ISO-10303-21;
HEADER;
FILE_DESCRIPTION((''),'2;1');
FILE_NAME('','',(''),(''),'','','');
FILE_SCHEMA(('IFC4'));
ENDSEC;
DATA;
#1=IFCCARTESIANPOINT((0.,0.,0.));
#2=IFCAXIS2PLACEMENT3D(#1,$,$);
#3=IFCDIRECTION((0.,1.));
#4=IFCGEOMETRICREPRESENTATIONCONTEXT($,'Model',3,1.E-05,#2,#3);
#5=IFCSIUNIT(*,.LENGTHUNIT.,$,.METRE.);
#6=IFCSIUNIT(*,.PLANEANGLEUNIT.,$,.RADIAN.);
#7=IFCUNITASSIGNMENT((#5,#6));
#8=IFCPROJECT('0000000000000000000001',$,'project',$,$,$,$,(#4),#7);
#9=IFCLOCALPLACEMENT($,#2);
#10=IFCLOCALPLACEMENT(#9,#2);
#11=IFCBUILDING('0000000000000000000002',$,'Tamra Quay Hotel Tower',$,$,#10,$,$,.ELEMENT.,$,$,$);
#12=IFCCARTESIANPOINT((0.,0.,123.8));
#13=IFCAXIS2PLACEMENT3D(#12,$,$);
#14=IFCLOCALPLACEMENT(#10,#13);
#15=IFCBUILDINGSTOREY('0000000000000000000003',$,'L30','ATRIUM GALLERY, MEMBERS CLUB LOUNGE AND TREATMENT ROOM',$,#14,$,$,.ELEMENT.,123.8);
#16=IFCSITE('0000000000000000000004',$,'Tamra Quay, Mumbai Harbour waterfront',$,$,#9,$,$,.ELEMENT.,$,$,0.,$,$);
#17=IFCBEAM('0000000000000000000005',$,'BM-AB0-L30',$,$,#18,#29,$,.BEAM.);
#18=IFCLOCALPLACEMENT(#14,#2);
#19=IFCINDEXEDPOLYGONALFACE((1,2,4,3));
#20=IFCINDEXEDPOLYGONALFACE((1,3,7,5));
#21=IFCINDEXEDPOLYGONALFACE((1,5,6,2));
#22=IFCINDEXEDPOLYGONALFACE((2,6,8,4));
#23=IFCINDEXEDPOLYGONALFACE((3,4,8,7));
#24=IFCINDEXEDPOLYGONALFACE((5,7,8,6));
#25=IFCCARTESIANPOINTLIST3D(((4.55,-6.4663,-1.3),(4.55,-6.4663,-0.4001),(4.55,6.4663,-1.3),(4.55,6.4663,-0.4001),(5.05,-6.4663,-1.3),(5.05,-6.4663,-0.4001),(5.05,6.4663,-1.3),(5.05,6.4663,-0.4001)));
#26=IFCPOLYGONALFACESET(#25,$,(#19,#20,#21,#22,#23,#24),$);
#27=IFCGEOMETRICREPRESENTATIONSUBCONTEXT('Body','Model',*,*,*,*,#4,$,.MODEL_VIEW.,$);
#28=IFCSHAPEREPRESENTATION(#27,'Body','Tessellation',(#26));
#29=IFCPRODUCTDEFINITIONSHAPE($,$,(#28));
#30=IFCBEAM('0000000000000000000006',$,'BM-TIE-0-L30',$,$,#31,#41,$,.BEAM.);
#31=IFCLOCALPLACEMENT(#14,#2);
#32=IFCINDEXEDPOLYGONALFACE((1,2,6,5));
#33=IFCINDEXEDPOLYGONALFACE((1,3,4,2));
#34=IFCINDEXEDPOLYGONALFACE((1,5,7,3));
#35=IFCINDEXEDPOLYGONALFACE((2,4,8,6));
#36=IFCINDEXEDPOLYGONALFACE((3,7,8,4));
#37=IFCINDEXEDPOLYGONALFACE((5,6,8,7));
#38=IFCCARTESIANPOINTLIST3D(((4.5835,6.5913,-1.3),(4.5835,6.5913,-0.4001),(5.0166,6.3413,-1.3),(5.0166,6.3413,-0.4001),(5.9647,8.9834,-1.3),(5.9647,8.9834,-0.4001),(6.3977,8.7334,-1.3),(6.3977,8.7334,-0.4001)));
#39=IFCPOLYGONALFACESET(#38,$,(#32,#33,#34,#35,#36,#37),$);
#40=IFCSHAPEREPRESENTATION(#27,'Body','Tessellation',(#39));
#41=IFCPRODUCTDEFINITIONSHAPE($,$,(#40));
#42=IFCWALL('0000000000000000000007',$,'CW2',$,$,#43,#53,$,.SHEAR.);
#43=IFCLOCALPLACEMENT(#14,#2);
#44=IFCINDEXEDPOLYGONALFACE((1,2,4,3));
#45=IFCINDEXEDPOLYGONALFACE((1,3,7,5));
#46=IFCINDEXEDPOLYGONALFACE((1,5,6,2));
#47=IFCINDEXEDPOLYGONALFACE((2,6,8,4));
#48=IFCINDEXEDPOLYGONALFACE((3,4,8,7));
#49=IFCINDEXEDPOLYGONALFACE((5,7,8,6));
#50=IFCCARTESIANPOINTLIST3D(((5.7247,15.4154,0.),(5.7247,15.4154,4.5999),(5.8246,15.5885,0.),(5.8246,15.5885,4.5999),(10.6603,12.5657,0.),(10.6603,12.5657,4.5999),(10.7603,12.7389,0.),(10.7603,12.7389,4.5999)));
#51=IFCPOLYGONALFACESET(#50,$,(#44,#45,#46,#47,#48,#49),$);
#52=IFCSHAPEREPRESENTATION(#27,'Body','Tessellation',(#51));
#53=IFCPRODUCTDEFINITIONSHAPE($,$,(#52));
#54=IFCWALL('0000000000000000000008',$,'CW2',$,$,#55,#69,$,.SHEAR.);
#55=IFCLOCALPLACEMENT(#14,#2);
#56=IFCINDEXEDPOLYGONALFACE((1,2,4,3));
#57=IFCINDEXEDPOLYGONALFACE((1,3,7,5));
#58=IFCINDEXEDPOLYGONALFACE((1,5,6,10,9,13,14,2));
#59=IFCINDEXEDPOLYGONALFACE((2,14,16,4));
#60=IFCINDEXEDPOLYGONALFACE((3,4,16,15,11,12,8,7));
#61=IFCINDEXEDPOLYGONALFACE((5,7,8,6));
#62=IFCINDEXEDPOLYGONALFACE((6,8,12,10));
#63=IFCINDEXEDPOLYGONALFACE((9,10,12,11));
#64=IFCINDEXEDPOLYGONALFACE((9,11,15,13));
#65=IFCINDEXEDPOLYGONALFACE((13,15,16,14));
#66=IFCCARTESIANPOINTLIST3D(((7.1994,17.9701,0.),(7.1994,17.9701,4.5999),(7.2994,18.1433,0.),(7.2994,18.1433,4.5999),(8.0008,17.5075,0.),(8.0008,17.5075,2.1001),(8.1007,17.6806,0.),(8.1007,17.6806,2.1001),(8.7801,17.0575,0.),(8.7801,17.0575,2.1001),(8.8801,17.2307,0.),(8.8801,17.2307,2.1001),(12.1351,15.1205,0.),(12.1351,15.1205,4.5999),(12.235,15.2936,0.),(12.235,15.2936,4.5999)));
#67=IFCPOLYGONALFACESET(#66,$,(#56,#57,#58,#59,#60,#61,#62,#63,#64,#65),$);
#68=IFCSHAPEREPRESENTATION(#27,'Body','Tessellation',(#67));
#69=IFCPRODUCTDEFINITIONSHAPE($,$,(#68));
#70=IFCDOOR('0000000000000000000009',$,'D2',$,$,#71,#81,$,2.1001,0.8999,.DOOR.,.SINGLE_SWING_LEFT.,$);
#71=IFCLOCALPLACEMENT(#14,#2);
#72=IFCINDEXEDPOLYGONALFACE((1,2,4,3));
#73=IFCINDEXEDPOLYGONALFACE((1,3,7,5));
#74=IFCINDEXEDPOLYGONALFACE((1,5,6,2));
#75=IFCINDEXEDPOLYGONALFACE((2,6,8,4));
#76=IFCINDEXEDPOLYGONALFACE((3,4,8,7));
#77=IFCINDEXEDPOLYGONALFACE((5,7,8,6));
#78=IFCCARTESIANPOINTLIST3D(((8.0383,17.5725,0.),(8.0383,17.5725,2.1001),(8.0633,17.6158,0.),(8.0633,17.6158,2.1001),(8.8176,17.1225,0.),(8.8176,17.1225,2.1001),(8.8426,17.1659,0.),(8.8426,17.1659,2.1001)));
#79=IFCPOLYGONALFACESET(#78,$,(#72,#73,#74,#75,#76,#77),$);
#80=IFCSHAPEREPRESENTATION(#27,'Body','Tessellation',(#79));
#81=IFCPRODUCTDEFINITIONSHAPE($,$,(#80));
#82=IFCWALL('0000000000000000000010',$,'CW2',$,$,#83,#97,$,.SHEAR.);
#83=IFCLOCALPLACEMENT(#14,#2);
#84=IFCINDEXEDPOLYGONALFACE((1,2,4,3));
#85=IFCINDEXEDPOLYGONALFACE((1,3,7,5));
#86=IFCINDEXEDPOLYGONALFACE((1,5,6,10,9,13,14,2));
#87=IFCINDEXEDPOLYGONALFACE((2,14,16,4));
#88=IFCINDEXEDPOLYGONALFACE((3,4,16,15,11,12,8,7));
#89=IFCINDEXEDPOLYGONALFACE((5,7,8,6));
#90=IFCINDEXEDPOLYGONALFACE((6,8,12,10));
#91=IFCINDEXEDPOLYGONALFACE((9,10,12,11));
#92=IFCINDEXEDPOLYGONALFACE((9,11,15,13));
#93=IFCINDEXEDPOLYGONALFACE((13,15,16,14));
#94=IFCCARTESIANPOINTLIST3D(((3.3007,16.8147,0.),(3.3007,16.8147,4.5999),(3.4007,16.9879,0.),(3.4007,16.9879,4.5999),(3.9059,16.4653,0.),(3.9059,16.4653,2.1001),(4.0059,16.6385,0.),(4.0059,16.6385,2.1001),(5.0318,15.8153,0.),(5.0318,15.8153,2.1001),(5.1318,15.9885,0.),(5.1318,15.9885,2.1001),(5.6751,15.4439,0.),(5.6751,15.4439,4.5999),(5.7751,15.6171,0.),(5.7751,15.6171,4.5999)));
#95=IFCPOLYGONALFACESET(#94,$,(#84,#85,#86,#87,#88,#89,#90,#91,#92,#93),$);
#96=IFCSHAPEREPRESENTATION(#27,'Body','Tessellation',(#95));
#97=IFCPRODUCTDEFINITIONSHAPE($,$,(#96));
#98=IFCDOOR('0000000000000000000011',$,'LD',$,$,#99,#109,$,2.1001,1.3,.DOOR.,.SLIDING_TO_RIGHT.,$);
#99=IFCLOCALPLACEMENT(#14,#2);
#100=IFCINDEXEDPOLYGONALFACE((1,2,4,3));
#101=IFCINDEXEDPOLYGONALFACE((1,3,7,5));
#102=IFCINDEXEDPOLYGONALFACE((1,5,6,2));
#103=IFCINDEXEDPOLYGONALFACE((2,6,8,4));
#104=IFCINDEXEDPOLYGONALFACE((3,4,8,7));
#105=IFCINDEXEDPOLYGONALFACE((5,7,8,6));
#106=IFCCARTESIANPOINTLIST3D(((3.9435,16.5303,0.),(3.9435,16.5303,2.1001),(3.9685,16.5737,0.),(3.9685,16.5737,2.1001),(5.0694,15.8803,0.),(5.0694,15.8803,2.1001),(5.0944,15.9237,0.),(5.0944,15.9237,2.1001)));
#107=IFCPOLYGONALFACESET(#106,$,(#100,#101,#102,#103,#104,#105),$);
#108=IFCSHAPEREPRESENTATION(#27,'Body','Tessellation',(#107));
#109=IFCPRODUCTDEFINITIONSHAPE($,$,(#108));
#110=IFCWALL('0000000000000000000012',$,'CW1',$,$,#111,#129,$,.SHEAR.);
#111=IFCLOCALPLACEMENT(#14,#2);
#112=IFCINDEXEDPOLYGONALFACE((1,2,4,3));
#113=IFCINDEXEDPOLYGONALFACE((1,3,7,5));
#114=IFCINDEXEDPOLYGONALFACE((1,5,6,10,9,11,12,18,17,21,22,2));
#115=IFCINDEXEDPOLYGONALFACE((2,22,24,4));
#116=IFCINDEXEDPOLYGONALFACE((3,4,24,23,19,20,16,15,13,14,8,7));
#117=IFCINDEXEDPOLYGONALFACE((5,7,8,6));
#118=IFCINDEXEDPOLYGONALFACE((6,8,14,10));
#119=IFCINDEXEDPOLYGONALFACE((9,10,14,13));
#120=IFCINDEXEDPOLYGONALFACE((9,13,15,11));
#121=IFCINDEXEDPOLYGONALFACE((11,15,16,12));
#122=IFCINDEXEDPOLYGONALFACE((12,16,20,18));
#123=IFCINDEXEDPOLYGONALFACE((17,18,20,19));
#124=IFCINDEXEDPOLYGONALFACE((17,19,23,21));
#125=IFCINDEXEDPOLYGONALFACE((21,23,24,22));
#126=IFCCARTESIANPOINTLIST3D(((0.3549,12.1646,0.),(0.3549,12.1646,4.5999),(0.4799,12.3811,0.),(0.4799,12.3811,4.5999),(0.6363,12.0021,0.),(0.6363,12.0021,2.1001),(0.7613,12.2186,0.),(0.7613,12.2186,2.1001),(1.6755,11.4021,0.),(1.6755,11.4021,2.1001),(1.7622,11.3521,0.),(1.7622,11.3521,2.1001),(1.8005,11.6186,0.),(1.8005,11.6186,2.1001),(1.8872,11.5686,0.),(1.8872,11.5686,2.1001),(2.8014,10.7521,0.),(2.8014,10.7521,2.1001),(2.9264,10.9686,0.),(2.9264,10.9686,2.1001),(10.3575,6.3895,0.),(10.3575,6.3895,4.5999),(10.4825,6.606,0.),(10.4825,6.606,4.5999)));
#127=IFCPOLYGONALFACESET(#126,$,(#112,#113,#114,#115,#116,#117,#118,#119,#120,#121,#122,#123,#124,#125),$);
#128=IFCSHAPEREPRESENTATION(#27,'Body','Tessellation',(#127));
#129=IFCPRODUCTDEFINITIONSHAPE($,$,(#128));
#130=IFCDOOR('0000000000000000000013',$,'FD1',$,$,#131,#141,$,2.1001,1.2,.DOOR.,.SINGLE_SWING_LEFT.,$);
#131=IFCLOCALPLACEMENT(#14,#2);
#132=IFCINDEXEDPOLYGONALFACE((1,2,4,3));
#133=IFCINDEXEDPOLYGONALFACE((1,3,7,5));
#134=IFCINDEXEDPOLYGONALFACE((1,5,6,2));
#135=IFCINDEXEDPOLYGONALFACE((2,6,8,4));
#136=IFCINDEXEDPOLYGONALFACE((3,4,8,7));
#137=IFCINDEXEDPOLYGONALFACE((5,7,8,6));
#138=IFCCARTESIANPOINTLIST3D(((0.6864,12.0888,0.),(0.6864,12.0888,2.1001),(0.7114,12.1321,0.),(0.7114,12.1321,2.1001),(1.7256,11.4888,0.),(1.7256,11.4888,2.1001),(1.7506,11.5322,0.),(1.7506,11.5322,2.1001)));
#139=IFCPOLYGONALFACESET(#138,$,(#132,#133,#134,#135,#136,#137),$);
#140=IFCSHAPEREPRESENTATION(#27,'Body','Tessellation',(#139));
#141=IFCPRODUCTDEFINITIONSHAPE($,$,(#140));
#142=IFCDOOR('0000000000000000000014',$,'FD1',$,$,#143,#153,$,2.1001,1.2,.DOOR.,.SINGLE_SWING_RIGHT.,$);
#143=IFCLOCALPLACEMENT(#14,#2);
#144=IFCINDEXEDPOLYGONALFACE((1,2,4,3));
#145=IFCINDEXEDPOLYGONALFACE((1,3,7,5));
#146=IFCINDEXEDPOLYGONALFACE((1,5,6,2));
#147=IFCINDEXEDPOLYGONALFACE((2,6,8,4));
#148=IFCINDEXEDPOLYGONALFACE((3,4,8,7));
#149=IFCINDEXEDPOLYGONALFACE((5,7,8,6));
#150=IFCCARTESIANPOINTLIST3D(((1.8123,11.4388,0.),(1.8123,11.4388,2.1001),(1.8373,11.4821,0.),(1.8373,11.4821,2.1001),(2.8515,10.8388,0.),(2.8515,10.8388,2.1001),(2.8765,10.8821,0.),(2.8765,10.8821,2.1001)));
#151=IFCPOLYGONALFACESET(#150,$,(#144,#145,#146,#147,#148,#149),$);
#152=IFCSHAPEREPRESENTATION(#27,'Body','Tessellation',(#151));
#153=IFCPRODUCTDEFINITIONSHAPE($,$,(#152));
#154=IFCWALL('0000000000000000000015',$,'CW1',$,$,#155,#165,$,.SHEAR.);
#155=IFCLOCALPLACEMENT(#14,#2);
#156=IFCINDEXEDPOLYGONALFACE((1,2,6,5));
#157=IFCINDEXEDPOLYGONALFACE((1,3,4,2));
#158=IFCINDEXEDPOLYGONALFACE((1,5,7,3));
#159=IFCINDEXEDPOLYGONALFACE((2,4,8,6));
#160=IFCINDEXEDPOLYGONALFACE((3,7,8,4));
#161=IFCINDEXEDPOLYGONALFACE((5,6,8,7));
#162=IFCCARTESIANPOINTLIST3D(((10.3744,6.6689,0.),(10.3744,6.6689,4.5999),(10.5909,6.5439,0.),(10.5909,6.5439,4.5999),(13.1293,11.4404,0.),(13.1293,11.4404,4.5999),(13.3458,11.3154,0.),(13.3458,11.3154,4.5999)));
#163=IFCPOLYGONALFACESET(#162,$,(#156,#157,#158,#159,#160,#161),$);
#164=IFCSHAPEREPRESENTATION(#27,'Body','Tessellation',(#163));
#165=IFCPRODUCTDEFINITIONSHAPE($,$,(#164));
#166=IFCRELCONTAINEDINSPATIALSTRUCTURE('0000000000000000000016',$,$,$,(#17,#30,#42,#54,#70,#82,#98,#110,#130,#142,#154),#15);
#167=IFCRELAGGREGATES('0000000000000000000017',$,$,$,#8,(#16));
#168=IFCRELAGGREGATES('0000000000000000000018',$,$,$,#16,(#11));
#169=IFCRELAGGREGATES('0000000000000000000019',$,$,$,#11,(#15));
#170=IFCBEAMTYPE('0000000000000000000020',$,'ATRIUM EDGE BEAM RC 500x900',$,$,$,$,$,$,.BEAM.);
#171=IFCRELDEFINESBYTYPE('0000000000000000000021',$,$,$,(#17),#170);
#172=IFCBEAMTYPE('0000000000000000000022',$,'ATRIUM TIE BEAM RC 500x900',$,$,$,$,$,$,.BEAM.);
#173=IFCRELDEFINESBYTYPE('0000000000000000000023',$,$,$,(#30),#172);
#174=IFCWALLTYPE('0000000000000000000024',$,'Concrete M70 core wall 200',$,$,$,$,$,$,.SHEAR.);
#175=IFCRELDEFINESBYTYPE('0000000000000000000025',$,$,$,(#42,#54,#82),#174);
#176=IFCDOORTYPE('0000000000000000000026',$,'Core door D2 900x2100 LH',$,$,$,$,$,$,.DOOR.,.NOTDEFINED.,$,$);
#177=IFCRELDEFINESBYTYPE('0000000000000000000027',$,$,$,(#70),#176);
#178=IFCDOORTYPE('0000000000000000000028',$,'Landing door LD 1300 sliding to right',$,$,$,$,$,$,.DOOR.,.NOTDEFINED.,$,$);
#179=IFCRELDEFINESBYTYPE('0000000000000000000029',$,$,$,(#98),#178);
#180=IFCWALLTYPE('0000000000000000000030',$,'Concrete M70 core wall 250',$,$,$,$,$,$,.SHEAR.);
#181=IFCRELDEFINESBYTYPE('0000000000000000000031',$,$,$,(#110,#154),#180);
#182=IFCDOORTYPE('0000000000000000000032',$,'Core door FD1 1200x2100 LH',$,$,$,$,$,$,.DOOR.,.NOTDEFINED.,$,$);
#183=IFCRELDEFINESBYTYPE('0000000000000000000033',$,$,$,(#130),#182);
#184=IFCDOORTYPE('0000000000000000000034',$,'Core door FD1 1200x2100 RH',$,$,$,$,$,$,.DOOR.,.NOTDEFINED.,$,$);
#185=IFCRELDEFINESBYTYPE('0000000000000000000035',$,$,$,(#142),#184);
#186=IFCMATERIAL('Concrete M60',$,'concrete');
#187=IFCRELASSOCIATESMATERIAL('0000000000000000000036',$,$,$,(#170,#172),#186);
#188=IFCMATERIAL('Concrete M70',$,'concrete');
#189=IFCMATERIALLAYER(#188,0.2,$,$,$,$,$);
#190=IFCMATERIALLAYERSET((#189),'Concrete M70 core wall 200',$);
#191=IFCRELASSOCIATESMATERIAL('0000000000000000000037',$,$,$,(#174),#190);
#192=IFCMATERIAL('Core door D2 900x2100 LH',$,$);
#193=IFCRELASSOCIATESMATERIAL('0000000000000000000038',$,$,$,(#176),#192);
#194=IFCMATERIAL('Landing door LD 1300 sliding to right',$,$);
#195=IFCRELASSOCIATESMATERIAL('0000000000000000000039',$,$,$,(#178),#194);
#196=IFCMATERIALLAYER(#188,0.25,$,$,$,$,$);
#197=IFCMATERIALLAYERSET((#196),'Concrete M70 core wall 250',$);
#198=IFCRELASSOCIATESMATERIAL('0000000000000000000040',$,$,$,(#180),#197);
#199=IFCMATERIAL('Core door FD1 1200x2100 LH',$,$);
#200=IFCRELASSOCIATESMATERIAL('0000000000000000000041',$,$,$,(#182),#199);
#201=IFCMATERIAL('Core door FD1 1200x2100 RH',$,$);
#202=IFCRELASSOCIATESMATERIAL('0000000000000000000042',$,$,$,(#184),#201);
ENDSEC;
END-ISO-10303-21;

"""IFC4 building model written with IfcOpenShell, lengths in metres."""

from ifc_helpers import new_model, si_unit, direction, frame, frame_2d, origin, origin_2d, place, context, subcontext, project, spatial, rectangle, extrude, material, layer, layer_set, material_profile, profile_set, type_object, element, fill, save


model = new_model("IFC4")

# Units and contexts
model_context = context("Model", 3, precision=1e-05, world=origin(), true_north=direction((0.0, 1.0)))
body_context = subcontext(model_context, "Body", "Model", "MODEL_VIEW")
ifc_project = project(units=[si_unit("LENGTHUNIT", "METRE"), si_unit("PLANEANGLEUNIT", "RADIAN")], contexts=[model_context])

# Site, building, storey
site_placement = place(None, origin())
site = spatial("IfcSite", under=ifc_project, at=site_placement, Name="Tamra Quay, Mumbai Harbour waterfront", CompositionType="ELEMENT", RefElevation=0.0)
building_placement = place(site_placement, origin())
building = spatial("IfcBuilding", under=site, at=building_placement, Name="Tamra Quay Hotel Tower", CompositionType="ELEMENT")
storey_placement = place(building_placement, frame((0.0, 0.0, 123.8)))
storey = spatial("IfcBuildingStorey", under=building, at=storey_placement, Name="L30", Description="ATRIUM GALLERY, MEMBERS CLUB LOUNGE AND TREATMENT ROOM", CompositionType="ELEMENT", Elevation=123.8)

# Beams
ifc_material_1 = material(Name="Concrete M60", Category="concrete")
ifc_material_profile_1 = material_profile(ifc_material_1, rectangle(XDim=0.5, YDim=0.8999, at=origin_2d()), Name="ATRIUM EDGE BEAM RC 500x900")
ifc_profile_set_1 = profile_set([ifc_material_profile_1], Name="Concrete M60")
beam_type_1 = type_object("IfcBeamType", Name="ATRIUM EDGE BEAM RC 500x900", PredefinedType="BEAM", material=ifc_profile_set_1)
beam_1_placement = place(storey_placement, frame((4.8, 6.4663, -0.8501), z_axis=(0.0, -1.0, 0.0), x_axis=(1.0, 0.0, 0.0)))
element("IfcBeam", 1, at=beam_1_placement, inside=storey, type_object=beam_type_1, Name="BM-AB0-L30", PredefinedType="BEAM", context=body_context, shape_type="SweptSolid", body=[
    extrude(rectangle(XDim=0.5, YDim=0.8999, at=origin_2d()), origin(), (0.0, 0.0, 1.0), 12.9326),
])
ifc_material_profile_2 = material_profile(ifc_material_1, rectangle(XDim=0.5, YDim=0.8999, at=origin_2d()), Name="ATRIUM TIE BEAM RC 500x900")
ifc_profile_set_2 = profile_set([ifc_material_profile_2], Name="Concrete M60")
beam_type_2 = type_object("IfcBeamType", Name="ATRIUM TIE BEAM RC 500x900", PredefinedType="BEAM", material=ifc_profile_set_2)
beam_2_placement = place(storey_placement, frame((4.8, 6.4663, -0.8501), z_axis=(0.500008, 0.866021, 0.0), x_axis=(-0.866021, 0.500008, 0.0)))
element("IfcBeam", 2, at=beam_2_placement, inside=storey, type_object=beam_type_2, Name="BM-TIE-0-L30", PredefinedType="BEAM", context=body_context, shape_type="SweptSolid", body=[
    extrude(rectangle(XDim=0.5, YDim=0.8999, at=origin_2d()), origin(), (0.0, 0.0, 1.0), 2.7622),
])

# Wall
ifc_material_2 = material(Name="Concrete M70", Category="concrete")
ifc_layer_1 = layer(ifc_material_2, 0.2)
ifc_layer_set_1 = layer_set([ifc_layer_1], Name="Concrete M70 core wall 200")
wall_type_1 = type_object("IfcWallType", Name="Concrete M70 core wall 200", PredefinedType="SHEAR", material=ifc_layer_set_1)
wall_1_placement = place(storey_placement, frame((5.7747, 15.502, 0.0), z_axis=(0.0, 0.0, 1.0), x_axis=(0.86602, -0.500009, 0.0)))
element("IfcWall", 3, at=wall_1_placement, inside=storey, type_object=wall_type_1, Name="CW2", PredefinedType="SHEAR", context=body_context, shape_type="SweptSolid", body=[
    extrude(rectangle(XDim=5.6992, YDim=0.2, at=frame_2d((2.8496, 0.0))), origin(), (0.0, 0.0, 1.0), 4.5999),
])

# Walls, openings, doors
wall_2_placement = place(storey_placement, frame((12.1851, 15.207, 0.0), z_axis=(0.0, 0.0, 1.0), x_axis=(-0.86602, 0.500009, 0.0)))
wall_2 = element("IfcWall", 4, at=wall_2_placement, inside=storey, type_object=wall_type_1, Name="CW2", PredefinedType="SHEAR", context=body_context, shape_type="SweptSolid", body=[
    extrude(rectangle(XDim=5.6992, YDim=0.2, at=frame_2d((2.8496, 0.0))), origin(), (0.0, 0.0, 1.0), 4.5999),
])
opening_1_placement = place(wall_2_placement, frame((3.874, 0.0, 0.0)))
opening_1 = element("IfcOpeningElement", 5, at=opening_1_placement, cuts=wall_2, PredefinedType="OPENING", context=body_context, shape_type="SweptSolid", body=[
    extrude(rectangle(XDim=0.8999, YDim=2.1001, at=frame_2d((0.45, 1.05))), frame((0.0, 0.1099, 0.0), z_axis=(0.0, -1.0, 0.0), x_axis=(1.0, 0.0, 0.0)), (0.0, 0.0, 1.0), 0.22),
])
ifc_material_3 = material(Name="Core door D2 900x2100 LH")
door_type_1 = type_object("IfcDoorType", Name="Core door D2 900x2100 LH", OperationType="NOTDEFINED", PredefinedType="DOOR", material=ifc_material_3)
door_1_placement = place(opening_1_placement, origin())
door_1 = element("IfcDoor", 6, at=door_1_placement, inside=storey, type_object=door_type_1, Name="D2", OperationType="SINGLE_SWING_LEFT", OverallHeight=2.1001, OverallWidth=0.8999, PredefinedType="DOOR", context=body_context, shape_type="SweptSolid", body=[
    extrude(rectangle(XDim=0.8999, YDim=2.1001, at=frame_2d((0.45, 1.05))), frame((0.0, 0.0249, 0.0), z_axis=(0.0, -1.0, 0.0), x_axis=(1.0, 0.0, 0.0)), (0.0, 0.0, 1.0), 0.05),
])
fill(opening_1, door_1)
wall_3_placement = place(storey_placement, frame((5.7251, 15.5305, 0.0), z_axis=(0.0, 0.0, 1.0), x_axis=(-0.866037, 0.499979, 0.0)))
wall_3 = element("IfcWall", 7, at=wall_3_placement, inside=storey, type_object=wall_type_1, Name="CW2", PredefinedType="SHEAR", context=body_context, shape_type="SweptSolid", body=[
    extrude(rectangle(XDim=2.7417, YDim=0.2, at=frame_2d((1.3708, 0.0))), origin(), (0.0, 0.0, 1.0), 4.5999),
])
opening_2_placement = place(wall_3_placement, frame((0.7429, 0.0, 0.0)))
opening_2 = element("IfcOpeningElement", 8, at=opening_2_placement, cuts=wall_3, PredefinedType="OPENING", context=body_context, shape_type="SweptSolid", body=[
    extrude(rectangle(XDim=1.3, YDim=2.1001, at=frame_2d((0.6499, 1.05))), frame((0.0, 0.1099, 0.0), z_axis=(0.0, -1.0, 0.0), x_axis=(1.0, 0.0, 0.0)), (0.0, 0.0, 1.0), 0.22),
])
ifc_material_4 = material(Name="Landing door LD 1300 sliding to right")
door_type_2 = type_object("IfcDoorType", Name="Landing door LD 1300 sliding to right", OperationType="NOTDEFINED", PredefinedType="DOOR", material=ifc_material_4)
door_2_placement = place(opening_2_placement, origin())
door_2 = element("IfcDoor", 9, at=door_2_placement, inside=storey, type_object=door_type_2, Name="LD", OperationType="SLIDING_TO_RIGHT", OverallHeight=2.1001, OverallWidth=1.3, PredefinedType="DOOR", context=body_context, shape_type="SweptSolid", body=[
    extrude(rectangle(XDim=1.3, YDim=2.1001, at=frame_2d((0.6499, 1.05))), frame((0.0, 0.0249, 0.0), z_axis=(0.0, -1.0, 0.0), x_axis=(1.0, 0.0, 0.0)), (0.0, 0.0, 1.0), 0.05),
])
fill(opening_2, door_2)

# Wall, openings, doors
ifc_layer_2 = layer(ifc_material_2, 0.25)
ifc_layer_set_2 = layer_set([ifc_layer_2], Name="Concrete M70 core wall 250")
wall_type_2 = type_object("IfcWallType", Name="Concrete M70 core wall 250", PredefinedType="SHEAR", material=ifc_layer_set_2)
wall_4_placement = place(storey_placement, frame((10.4199, 6.4978, 0.0), z_axis=(0.0, 0.0, 1.0), x_axis=(-0.866022, 0.500006, 0.0)))
wall_4 = element("IfcWall", 10, at=wall_4_placement, inside=storey, type_object=wall_type_2, Name="CW1", PredefinedType="SHEAR", context=body_context, shape_type="SweptSolid", body=[
    extrude(rectangle(XDim=11.55, YDim=0.25, at=frame_2d((5.7749, 0.0))), origin(), (0.0, 0.0, 1.0), 4.5999),
])
opening_3_placement = place(wall_4_placement, frame((10.0249, 0.0, 0.0)))
opening_3 = element("IfcOpeningElement", 11, at=opening_3_placement, cuts=wall_4, PredefinedType="OPENING", context=body_context, shape_type="SweptSolid", body=[
    extrude(rectangle(XDim=1.2, YDim=2.1001, at=frame_2d((0.6001, 1.05))), frame((0.0, 0.135, 0.0), z_axis=(0.0, -1.0, 0.0), x_axis=(1.0, 0.0, 0.0)), (0.0, 0.0, 1.0), 0.27),
])
opening_4_placement = place(wall_4_placement, frame((8.7249, 0.0, 0.0)))
opening_4 = element("IfcOpeningElement", 12, at=opening_4_placement, cuts=wall_4, PredefinedType="OPENING", context=body_context, shape_type="SweptSolid", body=[
    extrude(rectangle(XDim=1.2, YDim=2.1001, at=frame_2d((0.6001, 1.05))), frame((0.0, 0.135, 0.0), z_axis=(0.0, -1.0, 0.0), x_axis=(1.0, 0.0, 0.0)), (0.0, 0.0, 1.0), 0.27),
])
ifc_material_5 = material(Name="Core door FD1 1200x2100 LH")
door_type_3 = type_object("IfcDoorType", Name="Core door FD1 1200x2100 LH", OperationType="NOTDEFINED", PredefinedType="DOOR", material=ifc_material_5)
door_3_placement = place(opening_3_placement, origin())
door_3 = element("IfcDoor", 13, at=door_3_placement, inside=storey, type_object=door_type_3, Name="FD1", OperationType="SINGLE_SWING_LEFT", OverallHeight=2.1001, OverallWidth=1.2, PredefinedType="DOOR", context=body_context, shape_type="SweptSolid", body=[
    extrude(rectangle(XDim=1.2, YDim=2.1001, at=frame_2d((0.6001, 1.05))), frame((0.0, 0.0249, 0.0), z_axis=(0.0, -1.0, 0.0), x_axis=(1.0, 0.0, 0.0)), (0.0, 0.0, 1.0), 0.05),
])
fill(opening_3, door_3)
ifc_material_6 = material(Name="Core door FD1 1200x2100 RH")
door_type_4 = type_object("IfcDoorType", Name="Core door FD1 1200x2100 RH", OperationType="NOTDEFINED", PredefinedType="DOOR", material=ifc_material_6)
door_4_placement = place(opening_4_placement, origin())
door_4 = element("IfcDoor", 14, at=door_4_placement, inside=storey, type_object=door_type_4, Name="FD1", OperationType="SINGLE_SWING_RIGHT", OverallHeight=2.1001, OverallWidth=1.2, PredefinedType="DOOR", context=body_context, shape_type="SweptSolid", body=[
    extrude(rectangle(XDim=1.2, YDim=2.1001, at=frame_2d((0.6001, 1.05))), frame((0.0, 0.0249, 0.0), z_axis=(0.0, -1.0, 0.0), x_axis=(1.0, 0.0, 0.0)), (0.0, 0.0, 1.0), 0.05),
])
fill(opening_4, door_4)

# Wall
wall_5_placement = place(storey_placement, frame((13.2375, 11.3779, 0.0), z_axis=(0.0, 0.0, 1.0), x_axis=(-0.500009, -0.86602, 0.0)))
element("IfcWall", 15, at=wall_5_placement, inside=storey, type_object=wall_type_2, Name="CW1", PredefinedType="SHEAR", context=body_context, shape_type="SweptSolid", body=[
    extrude(rectangle(XDim=5.5098, YDim=0.25, at=frame_2d((2.7549, 0.0))), origin(), (0.0, 0.0, 1.0), 4.5999),
])

save(model, "model.ifc")
